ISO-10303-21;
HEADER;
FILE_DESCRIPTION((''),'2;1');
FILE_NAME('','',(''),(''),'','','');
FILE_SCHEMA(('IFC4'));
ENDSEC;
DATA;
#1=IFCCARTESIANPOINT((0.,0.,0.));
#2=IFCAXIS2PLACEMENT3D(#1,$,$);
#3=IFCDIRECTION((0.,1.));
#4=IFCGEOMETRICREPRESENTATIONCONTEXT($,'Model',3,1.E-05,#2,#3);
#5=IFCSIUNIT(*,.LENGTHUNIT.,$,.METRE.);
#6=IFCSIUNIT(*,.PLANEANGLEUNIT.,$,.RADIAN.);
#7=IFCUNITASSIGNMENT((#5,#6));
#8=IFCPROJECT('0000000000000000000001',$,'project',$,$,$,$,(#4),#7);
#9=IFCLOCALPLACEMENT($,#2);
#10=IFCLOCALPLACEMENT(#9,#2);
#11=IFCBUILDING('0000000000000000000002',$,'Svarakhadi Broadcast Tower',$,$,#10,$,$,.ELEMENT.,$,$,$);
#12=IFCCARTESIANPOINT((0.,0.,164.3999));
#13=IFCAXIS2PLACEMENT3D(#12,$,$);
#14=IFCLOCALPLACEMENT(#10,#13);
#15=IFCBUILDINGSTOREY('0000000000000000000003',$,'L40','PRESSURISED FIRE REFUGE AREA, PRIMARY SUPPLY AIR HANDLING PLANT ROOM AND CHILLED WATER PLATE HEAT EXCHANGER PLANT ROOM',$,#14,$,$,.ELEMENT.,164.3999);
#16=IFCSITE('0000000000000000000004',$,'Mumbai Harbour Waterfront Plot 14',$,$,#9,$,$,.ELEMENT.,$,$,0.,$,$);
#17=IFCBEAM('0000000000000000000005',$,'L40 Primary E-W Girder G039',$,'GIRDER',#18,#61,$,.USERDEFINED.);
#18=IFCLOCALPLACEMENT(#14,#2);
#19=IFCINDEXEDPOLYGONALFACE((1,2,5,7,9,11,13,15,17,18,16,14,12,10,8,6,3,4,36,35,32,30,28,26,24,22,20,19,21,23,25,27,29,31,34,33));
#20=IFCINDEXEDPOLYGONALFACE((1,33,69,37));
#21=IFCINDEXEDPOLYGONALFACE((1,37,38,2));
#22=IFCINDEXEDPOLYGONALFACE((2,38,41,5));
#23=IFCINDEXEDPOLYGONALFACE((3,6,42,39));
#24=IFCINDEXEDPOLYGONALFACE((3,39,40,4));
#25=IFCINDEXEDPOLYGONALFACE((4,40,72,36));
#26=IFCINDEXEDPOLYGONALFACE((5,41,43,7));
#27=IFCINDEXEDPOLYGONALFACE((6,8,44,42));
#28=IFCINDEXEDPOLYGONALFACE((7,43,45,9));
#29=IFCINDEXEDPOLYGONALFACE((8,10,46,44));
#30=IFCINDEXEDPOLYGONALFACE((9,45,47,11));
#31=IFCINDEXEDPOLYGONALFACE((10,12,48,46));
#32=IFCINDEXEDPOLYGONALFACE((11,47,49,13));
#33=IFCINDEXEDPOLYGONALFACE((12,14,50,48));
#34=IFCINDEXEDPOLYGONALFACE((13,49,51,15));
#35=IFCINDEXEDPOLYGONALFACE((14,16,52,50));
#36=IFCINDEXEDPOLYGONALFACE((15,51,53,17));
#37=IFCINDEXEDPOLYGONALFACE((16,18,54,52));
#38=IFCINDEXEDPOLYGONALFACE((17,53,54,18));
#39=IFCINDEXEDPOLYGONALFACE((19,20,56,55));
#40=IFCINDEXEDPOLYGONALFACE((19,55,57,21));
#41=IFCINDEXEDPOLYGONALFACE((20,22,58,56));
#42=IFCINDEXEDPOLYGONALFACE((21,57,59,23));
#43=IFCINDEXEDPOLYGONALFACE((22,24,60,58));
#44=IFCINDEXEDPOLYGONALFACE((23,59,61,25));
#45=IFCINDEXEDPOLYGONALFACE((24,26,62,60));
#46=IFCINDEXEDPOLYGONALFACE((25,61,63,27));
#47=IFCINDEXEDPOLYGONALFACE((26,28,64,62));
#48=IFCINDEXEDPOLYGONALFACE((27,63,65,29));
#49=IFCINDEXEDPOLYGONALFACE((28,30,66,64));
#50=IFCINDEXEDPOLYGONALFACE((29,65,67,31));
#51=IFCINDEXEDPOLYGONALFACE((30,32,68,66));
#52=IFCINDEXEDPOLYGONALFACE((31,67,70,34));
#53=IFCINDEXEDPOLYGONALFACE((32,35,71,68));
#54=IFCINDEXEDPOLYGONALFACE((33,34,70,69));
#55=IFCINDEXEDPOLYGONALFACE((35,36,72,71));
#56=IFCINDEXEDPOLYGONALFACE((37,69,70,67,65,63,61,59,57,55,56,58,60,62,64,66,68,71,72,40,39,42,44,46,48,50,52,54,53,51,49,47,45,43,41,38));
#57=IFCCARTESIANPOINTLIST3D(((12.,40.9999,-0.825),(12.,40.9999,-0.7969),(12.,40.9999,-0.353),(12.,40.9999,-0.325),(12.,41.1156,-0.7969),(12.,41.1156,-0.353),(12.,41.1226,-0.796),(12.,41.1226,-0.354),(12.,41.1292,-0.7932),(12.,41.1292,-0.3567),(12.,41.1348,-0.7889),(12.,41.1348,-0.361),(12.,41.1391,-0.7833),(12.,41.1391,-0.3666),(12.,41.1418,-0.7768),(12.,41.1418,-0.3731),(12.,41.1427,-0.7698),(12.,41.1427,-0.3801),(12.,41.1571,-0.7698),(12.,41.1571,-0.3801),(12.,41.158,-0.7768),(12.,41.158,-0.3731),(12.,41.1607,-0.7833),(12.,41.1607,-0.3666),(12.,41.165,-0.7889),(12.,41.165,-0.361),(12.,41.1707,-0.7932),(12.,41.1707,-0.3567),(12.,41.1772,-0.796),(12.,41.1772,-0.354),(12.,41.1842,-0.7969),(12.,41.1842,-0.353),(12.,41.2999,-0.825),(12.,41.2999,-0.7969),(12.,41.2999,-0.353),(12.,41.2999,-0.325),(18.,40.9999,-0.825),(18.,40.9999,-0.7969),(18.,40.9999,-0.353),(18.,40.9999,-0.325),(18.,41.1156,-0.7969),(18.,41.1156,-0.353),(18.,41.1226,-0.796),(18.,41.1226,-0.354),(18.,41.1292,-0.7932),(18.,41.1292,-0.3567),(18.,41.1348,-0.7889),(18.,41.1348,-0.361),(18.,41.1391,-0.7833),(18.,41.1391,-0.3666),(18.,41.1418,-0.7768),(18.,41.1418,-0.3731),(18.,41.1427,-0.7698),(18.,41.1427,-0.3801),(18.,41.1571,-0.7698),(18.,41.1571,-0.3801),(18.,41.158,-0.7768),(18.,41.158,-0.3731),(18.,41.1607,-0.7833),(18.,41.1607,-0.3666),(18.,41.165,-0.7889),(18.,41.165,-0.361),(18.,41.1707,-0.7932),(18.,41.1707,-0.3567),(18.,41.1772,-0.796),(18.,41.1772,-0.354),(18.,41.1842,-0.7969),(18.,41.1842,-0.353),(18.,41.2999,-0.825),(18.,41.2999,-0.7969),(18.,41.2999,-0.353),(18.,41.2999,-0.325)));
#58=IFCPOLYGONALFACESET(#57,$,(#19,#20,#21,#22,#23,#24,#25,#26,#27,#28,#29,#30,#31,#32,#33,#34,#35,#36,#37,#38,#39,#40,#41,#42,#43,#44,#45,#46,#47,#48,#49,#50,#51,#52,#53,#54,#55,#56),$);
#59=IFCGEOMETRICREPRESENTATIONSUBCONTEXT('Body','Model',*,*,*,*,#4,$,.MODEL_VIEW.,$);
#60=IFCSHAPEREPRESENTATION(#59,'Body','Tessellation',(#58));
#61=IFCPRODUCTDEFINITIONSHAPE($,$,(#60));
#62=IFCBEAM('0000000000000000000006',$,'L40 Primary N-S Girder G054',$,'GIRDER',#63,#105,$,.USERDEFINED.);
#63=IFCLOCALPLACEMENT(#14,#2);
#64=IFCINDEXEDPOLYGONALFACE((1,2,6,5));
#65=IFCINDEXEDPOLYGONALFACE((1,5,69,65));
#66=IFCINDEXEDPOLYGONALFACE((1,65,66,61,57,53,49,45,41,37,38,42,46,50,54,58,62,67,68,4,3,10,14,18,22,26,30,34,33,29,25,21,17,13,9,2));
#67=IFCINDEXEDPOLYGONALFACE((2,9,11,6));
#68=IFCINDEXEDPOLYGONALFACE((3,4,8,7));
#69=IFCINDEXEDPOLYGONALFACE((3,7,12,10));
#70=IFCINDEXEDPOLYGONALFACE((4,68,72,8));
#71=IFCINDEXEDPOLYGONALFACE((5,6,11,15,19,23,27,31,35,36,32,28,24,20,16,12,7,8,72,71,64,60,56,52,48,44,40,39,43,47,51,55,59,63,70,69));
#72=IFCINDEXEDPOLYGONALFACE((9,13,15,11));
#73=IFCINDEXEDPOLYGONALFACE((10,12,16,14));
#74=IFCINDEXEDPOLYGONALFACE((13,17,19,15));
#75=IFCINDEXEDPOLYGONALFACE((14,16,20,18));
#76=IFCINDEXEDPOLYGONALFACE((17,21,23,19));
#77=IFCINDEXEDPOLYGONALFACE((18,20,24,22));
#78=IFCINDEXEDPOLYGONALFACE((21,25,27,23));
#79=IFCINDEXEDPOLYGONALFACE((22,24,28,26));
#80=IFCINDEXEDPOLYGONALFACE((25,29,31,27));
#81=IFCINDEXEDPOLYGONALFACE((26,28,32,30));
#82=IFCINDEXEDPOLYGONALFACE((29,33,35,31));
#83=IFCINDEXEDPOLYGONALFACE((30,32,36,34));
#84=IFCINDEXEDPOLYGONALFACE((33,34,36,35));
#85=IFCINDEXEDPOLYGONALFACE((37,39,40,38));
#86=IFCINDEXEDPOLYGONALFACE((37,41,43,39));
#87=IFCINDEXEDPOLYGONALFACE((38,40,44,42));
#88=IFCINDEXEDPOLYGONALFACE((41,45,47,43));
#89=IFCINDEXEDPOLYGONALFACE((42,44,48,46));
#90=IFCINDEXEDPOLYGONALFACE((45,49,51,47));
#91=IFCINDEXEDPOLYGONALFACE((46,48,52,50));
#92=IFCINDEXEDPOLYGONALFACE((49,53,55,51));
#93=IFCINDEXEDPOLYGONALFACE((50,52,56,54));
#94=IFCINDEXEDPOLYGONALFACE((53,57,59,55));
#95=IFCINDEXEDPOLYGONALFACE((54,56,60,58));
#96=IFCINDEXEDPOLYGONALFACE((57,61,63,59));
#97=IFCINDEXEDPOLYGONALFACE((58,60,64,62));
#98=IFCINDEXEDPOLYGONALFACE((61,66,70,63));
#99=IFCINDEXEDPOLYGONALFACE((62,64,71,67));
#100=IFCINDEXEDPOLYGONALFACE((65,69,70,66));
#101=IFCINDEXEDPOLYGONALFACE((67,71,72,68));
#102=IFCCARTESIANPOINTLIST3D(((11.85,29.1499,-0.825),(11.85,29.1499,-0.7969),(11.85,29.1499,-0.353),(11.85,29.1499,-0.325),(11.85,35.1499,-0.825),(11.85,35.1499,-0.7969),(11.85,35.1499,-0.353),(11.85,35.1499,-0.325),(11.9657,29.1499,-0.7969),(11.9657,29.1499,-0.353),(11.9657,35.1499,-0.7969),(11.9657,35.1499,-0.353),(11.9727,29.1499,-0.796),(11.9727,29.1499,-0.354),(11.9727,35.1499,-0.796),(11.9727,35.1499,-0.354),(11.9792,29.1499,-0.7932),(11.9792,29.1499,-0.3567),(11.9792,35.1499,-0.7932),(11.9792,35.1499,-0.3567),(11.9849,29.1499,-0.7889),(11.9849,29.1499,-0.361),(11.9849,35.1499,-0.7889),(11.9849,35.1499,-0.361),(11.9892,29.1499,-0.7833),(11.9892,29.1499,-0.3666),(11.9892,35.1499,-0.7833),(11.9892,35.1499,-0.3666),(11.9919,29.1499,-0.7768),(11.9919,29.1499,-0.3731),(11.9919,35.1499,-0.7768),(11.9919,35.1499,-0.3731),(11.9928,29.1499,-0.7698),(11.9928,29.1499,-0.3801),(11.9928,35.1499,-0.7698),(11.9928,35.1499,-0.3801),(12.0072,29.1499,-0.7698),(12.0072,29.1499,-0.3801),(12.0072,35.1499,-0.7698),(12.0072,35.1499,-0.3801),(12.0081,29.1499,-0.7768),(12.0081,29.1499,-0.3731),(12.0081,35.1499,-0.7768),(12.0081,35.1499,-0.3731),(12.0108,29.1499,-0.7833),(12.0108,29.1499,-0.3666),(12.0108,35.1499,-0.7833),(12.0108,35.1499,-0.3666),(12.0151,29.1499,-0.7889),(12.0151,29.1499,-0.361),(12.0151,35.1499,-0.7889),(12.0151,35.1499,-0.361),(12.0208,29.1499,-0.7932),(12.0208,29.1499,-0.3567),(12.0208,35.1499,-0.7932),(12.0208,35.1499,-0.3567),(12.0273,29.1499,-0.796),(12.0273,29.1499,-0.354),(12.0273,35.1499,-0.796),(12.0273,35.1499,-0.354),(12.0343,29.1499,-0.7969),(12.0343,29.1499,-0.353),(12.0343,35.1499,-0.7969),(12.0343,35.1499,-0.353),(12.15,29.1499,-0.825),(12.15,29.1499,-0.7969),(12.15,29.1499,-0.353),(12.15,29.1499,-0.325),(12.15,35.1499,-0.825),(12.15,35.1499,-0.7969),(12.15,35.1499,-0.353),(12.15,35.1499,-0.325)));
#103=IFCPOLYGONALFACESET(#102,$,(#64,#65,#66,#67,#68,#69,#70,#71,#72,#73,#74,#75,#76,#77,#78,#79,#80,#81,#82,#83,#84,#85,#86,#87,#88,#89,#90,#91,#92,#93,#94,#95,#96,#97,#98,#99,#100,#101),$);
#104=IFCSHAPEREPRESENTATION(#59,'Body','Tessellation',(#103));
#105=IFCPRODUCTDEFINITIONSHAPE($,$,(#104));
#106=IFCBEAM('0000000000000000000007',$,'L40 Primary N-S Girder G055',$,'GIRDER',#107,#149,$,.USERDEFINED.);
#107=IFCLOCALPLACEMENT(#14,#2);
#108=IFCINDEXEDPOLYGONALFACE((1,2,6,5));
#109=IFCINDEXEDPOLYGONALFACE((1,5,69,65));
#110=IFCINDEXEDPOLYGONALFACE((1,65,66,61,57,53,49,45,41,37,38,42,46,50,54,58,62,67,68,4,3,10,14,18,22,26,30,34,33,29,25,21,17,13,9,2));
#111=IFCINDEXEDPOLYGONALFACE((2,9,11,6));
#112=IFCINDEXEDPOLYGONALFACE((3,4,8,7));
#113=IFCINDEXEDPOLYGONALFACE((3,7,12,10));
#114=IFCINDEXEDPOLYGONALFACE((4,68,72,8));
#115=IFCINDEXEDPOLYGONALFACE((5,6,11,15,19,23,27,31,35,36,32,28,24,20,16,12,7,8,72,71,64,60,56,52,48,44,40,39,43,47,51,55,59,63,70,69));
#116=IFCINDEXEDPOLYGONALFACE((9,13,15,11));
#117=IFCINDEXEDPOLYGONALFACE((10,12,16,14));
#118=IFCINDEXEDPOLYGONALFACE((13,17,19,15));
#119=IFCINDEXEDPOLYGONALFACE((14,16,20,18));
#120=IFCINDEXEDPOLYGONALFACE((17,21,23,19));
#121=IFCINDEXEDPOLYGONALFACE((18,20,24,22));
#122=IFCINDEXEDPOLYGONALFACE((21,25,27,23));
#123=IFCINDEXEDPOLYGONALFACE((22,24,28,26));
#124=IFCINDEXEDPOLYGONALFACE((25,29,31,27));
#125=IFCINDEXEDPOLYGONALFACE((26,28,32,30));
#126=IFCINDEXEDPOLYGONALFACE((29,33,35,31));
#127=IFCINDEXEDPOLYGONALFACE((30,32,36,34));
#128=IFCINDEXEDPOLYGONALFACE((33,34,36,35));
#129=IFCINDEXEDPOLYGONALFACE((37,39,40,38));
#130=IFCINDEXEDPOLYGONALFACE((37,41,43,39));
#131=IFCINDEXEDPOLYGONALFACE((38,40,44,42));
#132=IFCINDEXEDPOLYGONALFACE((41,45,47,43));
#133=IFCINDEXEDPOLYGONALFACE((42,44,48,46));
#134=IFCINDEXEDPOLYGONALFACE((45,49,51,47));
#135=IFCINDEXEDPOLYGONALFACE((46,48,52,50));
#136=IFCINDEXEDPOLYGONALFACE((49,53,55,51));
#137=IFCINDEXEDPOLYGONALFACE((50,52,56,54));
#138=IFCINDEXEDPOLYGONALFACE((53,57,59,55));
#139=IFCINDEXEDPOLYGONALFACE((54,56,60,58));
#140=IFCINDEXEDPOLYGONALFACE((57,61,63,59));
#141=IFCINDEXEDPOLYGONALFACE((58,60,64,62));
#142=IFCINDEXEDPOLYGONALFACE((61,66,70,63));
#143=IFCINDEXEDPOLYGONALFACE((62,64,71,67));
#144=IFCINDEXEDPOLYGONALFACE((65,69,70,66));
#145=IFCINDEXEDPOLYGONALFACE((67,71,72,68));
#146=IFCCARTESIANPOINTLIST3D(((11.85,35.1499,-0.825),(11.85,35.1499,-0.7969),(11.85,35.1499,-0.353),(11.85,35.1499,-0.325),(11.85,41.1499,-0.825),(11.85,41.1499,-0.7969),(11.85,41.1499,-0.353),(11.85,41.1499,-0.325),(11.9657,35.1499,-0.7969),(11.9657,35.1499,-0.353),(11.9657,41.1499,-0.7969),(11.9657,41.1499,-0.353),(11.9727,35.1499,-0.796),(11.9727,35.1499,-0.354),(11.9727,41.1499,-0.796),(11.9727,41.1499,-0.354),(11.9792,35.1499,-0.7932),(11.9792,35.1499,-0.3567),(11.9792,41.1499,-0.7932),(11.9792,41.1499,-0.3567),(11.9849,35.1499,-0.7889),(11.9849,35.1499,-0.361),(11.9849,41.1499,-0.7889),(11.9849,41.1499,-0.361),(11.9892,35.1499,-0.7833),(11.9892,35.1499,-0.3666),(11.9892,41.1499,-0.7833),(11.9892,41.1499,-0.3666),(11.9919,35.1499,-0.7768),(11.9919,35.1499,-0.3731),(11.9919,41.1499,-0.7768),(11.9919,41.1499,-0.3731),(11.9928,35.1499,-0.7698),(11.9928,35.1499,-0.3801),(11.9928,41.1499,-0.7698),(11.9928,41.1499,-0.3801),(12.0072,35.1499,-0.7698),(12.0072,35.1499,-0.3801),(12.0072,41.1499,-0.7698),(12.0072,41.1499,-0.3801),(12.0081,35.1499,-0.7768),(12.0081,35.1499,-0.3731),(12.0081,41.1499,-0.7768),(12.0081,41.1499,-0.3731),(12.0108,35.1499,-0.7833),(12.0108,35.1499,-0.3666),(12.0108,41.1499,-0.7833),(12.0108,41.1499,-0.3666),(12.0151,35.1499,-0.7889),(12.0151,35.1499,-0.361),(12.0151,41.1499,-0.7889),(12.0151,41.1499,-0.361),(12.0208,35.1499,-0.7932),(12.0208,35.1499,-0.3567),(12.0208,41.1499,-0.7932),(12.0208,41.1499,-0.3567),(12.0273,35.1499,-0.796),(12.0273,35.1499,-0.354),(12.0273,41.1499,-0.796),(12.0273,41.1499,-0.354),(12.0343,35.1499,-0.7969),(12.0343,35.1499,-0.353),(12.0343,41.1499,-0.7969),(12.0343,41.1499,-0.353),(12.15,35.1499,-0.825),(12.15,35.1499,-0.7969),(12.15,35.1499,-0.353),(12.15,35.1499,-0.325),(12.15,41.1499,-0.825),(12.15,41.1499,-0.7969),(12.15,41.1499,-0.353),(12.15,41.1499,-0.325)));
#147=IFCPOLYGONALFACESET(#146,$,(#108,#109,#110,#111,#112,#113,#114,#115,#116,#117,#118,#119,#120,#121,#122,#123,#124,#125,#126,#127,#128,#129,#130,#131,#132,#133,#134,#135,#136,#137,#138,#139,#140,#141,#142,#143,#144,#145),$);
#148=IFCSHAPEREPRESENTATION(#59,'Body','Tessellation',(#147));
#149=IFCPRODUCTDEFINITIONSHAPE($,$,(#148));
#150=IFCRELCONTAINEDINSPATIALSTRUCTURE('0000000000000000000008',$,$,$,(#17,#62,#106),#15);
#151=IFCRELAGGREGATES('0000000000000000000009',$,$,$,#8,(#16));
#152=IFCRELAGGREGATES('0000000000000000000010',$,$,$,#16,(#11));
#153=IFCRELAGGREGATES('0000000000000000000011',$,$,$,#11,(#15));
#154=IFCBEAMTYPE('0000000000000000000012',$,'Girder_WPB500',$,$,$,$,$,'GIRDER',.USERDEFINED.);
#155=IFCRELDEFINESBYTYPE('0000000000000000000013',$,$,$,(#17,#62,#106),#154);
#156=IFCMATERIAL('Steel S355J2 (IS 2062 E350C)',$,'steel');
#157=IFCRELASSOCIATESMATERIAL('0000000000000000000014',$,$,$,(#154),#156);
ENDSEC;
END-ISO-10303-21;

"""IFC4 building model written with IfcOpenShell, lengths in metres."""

from ifc_helpers import new_model, si_unit, direction, frame, origin, origin_2d, place, context, subcontext, project, spatial, i_section, extrude, material, material_profile, profile_set, type_object, element, save


model = new_model("IFC4")

# Units and contexts
model_context = context("Model", 3, precision=1e-05, world=origin(), true_north=direction((0.0, 1.0)))
body_context = subcontext(model_context, "Body", "Model", "MODEL_VIEW")
ifc_project = project(units=[si_unit("LENGTHUNIT", "METRE"), si_unit("PLANEANGLEUNIT", "RADIAN")], contexts=[model_context])

# Site, building, storey
site_placement = place(None, origin())
site = spatial("IfcSite", under=ifc_project, at=site_placement, Name="Mumbai Harbour Waterfront Plot 14", CompositionType="ELEMENT", RefElevation=0.0)
building_placement = place(site_placement, origin())
building = spatial("IfcBuilding", under=site, at=building_placement, Name="Svarakhadi Broadcast Tower", CompositionType="ELEMENT")
storey_placement = place(building_placement, frame((0.0, 0.0, 164.3999)))
storey = spatial("IfcBuildingStorey", under=building, at=storey_placement, Name="L40", Description="PRESSURISED FIRE REFUGE AREA, PRIMARY SUPPLY AIR HANDLING PLANT ROOM AND CHILLED WATER PLATE HEAT EXCHANGER PLANT ROOM", CompositionType="ELEMENT", Elevation=164.3999)

# Shared definitions
ifc_material_1 = material(Name="Steel S355J2 (IS 2062 E350C)", Category="steel")

# Beams
ifc_material_profile_1 = material_profile(ifc_material_1, i_section(OverallWidth=0.3, OverallDepth=0.5, WebThickness=0.0144, FlangeThickness=0.0281, FilletRadius=0.0271, at=origin_2d()), Name="WPB 500x300x187")
ifc_profile_set_1 = profile_set([ifc_material_profile_1], Name="Steel S355J2 (IS 2062 E350C)")
beam_type_1 = type_object("IfcBeamType", Name="Girder_WPB500", ElementType="GIRDER", PredefinedType="USERDEFINED", material=ifc_profile_set_1)
for number, where, z_axis, x_axis, name in (
    (1, (12.0, 41.1499, -0.575), (1.0, 0.0, 0.0), (0.0, 1.0, 0.0), "L40 Primary E-W Girder G039"),
    (2, (12.0, 29.1499, -0.575), (0.0, 1.0, 0.0), (-1.0, 0.0, 0.0), "L40 Primary N-S Girder G054"),
    (3, (12.0, 35.1499, -0.575), (0.0, 1.0, 0.0), (-1.0, 0.0, 0.0), "L40 Primary N-S Girder G055"),
):
    element("IfcBeam", number, at=place(storey_placement, frame(where, z_axis=z_axis, x_axis=x_axis)), inside=storey, type_object=beam_type_1, Name=name, ObjectType="GIRDER", PredefinedType="USERDEFINED", context=body_context, shape_type="SweptSolid", body=[
        extrude(i_section(OverallWidth=0.3, OverallDepth=0.5, WebThickness=0.0144, FlangeThickness=0.0281, FilletRadius=0.0271, at=origin_2d()), origin(), (0.0, 0.0, 1.0), 6.0),
    ])

save(model, "model.ifc")
